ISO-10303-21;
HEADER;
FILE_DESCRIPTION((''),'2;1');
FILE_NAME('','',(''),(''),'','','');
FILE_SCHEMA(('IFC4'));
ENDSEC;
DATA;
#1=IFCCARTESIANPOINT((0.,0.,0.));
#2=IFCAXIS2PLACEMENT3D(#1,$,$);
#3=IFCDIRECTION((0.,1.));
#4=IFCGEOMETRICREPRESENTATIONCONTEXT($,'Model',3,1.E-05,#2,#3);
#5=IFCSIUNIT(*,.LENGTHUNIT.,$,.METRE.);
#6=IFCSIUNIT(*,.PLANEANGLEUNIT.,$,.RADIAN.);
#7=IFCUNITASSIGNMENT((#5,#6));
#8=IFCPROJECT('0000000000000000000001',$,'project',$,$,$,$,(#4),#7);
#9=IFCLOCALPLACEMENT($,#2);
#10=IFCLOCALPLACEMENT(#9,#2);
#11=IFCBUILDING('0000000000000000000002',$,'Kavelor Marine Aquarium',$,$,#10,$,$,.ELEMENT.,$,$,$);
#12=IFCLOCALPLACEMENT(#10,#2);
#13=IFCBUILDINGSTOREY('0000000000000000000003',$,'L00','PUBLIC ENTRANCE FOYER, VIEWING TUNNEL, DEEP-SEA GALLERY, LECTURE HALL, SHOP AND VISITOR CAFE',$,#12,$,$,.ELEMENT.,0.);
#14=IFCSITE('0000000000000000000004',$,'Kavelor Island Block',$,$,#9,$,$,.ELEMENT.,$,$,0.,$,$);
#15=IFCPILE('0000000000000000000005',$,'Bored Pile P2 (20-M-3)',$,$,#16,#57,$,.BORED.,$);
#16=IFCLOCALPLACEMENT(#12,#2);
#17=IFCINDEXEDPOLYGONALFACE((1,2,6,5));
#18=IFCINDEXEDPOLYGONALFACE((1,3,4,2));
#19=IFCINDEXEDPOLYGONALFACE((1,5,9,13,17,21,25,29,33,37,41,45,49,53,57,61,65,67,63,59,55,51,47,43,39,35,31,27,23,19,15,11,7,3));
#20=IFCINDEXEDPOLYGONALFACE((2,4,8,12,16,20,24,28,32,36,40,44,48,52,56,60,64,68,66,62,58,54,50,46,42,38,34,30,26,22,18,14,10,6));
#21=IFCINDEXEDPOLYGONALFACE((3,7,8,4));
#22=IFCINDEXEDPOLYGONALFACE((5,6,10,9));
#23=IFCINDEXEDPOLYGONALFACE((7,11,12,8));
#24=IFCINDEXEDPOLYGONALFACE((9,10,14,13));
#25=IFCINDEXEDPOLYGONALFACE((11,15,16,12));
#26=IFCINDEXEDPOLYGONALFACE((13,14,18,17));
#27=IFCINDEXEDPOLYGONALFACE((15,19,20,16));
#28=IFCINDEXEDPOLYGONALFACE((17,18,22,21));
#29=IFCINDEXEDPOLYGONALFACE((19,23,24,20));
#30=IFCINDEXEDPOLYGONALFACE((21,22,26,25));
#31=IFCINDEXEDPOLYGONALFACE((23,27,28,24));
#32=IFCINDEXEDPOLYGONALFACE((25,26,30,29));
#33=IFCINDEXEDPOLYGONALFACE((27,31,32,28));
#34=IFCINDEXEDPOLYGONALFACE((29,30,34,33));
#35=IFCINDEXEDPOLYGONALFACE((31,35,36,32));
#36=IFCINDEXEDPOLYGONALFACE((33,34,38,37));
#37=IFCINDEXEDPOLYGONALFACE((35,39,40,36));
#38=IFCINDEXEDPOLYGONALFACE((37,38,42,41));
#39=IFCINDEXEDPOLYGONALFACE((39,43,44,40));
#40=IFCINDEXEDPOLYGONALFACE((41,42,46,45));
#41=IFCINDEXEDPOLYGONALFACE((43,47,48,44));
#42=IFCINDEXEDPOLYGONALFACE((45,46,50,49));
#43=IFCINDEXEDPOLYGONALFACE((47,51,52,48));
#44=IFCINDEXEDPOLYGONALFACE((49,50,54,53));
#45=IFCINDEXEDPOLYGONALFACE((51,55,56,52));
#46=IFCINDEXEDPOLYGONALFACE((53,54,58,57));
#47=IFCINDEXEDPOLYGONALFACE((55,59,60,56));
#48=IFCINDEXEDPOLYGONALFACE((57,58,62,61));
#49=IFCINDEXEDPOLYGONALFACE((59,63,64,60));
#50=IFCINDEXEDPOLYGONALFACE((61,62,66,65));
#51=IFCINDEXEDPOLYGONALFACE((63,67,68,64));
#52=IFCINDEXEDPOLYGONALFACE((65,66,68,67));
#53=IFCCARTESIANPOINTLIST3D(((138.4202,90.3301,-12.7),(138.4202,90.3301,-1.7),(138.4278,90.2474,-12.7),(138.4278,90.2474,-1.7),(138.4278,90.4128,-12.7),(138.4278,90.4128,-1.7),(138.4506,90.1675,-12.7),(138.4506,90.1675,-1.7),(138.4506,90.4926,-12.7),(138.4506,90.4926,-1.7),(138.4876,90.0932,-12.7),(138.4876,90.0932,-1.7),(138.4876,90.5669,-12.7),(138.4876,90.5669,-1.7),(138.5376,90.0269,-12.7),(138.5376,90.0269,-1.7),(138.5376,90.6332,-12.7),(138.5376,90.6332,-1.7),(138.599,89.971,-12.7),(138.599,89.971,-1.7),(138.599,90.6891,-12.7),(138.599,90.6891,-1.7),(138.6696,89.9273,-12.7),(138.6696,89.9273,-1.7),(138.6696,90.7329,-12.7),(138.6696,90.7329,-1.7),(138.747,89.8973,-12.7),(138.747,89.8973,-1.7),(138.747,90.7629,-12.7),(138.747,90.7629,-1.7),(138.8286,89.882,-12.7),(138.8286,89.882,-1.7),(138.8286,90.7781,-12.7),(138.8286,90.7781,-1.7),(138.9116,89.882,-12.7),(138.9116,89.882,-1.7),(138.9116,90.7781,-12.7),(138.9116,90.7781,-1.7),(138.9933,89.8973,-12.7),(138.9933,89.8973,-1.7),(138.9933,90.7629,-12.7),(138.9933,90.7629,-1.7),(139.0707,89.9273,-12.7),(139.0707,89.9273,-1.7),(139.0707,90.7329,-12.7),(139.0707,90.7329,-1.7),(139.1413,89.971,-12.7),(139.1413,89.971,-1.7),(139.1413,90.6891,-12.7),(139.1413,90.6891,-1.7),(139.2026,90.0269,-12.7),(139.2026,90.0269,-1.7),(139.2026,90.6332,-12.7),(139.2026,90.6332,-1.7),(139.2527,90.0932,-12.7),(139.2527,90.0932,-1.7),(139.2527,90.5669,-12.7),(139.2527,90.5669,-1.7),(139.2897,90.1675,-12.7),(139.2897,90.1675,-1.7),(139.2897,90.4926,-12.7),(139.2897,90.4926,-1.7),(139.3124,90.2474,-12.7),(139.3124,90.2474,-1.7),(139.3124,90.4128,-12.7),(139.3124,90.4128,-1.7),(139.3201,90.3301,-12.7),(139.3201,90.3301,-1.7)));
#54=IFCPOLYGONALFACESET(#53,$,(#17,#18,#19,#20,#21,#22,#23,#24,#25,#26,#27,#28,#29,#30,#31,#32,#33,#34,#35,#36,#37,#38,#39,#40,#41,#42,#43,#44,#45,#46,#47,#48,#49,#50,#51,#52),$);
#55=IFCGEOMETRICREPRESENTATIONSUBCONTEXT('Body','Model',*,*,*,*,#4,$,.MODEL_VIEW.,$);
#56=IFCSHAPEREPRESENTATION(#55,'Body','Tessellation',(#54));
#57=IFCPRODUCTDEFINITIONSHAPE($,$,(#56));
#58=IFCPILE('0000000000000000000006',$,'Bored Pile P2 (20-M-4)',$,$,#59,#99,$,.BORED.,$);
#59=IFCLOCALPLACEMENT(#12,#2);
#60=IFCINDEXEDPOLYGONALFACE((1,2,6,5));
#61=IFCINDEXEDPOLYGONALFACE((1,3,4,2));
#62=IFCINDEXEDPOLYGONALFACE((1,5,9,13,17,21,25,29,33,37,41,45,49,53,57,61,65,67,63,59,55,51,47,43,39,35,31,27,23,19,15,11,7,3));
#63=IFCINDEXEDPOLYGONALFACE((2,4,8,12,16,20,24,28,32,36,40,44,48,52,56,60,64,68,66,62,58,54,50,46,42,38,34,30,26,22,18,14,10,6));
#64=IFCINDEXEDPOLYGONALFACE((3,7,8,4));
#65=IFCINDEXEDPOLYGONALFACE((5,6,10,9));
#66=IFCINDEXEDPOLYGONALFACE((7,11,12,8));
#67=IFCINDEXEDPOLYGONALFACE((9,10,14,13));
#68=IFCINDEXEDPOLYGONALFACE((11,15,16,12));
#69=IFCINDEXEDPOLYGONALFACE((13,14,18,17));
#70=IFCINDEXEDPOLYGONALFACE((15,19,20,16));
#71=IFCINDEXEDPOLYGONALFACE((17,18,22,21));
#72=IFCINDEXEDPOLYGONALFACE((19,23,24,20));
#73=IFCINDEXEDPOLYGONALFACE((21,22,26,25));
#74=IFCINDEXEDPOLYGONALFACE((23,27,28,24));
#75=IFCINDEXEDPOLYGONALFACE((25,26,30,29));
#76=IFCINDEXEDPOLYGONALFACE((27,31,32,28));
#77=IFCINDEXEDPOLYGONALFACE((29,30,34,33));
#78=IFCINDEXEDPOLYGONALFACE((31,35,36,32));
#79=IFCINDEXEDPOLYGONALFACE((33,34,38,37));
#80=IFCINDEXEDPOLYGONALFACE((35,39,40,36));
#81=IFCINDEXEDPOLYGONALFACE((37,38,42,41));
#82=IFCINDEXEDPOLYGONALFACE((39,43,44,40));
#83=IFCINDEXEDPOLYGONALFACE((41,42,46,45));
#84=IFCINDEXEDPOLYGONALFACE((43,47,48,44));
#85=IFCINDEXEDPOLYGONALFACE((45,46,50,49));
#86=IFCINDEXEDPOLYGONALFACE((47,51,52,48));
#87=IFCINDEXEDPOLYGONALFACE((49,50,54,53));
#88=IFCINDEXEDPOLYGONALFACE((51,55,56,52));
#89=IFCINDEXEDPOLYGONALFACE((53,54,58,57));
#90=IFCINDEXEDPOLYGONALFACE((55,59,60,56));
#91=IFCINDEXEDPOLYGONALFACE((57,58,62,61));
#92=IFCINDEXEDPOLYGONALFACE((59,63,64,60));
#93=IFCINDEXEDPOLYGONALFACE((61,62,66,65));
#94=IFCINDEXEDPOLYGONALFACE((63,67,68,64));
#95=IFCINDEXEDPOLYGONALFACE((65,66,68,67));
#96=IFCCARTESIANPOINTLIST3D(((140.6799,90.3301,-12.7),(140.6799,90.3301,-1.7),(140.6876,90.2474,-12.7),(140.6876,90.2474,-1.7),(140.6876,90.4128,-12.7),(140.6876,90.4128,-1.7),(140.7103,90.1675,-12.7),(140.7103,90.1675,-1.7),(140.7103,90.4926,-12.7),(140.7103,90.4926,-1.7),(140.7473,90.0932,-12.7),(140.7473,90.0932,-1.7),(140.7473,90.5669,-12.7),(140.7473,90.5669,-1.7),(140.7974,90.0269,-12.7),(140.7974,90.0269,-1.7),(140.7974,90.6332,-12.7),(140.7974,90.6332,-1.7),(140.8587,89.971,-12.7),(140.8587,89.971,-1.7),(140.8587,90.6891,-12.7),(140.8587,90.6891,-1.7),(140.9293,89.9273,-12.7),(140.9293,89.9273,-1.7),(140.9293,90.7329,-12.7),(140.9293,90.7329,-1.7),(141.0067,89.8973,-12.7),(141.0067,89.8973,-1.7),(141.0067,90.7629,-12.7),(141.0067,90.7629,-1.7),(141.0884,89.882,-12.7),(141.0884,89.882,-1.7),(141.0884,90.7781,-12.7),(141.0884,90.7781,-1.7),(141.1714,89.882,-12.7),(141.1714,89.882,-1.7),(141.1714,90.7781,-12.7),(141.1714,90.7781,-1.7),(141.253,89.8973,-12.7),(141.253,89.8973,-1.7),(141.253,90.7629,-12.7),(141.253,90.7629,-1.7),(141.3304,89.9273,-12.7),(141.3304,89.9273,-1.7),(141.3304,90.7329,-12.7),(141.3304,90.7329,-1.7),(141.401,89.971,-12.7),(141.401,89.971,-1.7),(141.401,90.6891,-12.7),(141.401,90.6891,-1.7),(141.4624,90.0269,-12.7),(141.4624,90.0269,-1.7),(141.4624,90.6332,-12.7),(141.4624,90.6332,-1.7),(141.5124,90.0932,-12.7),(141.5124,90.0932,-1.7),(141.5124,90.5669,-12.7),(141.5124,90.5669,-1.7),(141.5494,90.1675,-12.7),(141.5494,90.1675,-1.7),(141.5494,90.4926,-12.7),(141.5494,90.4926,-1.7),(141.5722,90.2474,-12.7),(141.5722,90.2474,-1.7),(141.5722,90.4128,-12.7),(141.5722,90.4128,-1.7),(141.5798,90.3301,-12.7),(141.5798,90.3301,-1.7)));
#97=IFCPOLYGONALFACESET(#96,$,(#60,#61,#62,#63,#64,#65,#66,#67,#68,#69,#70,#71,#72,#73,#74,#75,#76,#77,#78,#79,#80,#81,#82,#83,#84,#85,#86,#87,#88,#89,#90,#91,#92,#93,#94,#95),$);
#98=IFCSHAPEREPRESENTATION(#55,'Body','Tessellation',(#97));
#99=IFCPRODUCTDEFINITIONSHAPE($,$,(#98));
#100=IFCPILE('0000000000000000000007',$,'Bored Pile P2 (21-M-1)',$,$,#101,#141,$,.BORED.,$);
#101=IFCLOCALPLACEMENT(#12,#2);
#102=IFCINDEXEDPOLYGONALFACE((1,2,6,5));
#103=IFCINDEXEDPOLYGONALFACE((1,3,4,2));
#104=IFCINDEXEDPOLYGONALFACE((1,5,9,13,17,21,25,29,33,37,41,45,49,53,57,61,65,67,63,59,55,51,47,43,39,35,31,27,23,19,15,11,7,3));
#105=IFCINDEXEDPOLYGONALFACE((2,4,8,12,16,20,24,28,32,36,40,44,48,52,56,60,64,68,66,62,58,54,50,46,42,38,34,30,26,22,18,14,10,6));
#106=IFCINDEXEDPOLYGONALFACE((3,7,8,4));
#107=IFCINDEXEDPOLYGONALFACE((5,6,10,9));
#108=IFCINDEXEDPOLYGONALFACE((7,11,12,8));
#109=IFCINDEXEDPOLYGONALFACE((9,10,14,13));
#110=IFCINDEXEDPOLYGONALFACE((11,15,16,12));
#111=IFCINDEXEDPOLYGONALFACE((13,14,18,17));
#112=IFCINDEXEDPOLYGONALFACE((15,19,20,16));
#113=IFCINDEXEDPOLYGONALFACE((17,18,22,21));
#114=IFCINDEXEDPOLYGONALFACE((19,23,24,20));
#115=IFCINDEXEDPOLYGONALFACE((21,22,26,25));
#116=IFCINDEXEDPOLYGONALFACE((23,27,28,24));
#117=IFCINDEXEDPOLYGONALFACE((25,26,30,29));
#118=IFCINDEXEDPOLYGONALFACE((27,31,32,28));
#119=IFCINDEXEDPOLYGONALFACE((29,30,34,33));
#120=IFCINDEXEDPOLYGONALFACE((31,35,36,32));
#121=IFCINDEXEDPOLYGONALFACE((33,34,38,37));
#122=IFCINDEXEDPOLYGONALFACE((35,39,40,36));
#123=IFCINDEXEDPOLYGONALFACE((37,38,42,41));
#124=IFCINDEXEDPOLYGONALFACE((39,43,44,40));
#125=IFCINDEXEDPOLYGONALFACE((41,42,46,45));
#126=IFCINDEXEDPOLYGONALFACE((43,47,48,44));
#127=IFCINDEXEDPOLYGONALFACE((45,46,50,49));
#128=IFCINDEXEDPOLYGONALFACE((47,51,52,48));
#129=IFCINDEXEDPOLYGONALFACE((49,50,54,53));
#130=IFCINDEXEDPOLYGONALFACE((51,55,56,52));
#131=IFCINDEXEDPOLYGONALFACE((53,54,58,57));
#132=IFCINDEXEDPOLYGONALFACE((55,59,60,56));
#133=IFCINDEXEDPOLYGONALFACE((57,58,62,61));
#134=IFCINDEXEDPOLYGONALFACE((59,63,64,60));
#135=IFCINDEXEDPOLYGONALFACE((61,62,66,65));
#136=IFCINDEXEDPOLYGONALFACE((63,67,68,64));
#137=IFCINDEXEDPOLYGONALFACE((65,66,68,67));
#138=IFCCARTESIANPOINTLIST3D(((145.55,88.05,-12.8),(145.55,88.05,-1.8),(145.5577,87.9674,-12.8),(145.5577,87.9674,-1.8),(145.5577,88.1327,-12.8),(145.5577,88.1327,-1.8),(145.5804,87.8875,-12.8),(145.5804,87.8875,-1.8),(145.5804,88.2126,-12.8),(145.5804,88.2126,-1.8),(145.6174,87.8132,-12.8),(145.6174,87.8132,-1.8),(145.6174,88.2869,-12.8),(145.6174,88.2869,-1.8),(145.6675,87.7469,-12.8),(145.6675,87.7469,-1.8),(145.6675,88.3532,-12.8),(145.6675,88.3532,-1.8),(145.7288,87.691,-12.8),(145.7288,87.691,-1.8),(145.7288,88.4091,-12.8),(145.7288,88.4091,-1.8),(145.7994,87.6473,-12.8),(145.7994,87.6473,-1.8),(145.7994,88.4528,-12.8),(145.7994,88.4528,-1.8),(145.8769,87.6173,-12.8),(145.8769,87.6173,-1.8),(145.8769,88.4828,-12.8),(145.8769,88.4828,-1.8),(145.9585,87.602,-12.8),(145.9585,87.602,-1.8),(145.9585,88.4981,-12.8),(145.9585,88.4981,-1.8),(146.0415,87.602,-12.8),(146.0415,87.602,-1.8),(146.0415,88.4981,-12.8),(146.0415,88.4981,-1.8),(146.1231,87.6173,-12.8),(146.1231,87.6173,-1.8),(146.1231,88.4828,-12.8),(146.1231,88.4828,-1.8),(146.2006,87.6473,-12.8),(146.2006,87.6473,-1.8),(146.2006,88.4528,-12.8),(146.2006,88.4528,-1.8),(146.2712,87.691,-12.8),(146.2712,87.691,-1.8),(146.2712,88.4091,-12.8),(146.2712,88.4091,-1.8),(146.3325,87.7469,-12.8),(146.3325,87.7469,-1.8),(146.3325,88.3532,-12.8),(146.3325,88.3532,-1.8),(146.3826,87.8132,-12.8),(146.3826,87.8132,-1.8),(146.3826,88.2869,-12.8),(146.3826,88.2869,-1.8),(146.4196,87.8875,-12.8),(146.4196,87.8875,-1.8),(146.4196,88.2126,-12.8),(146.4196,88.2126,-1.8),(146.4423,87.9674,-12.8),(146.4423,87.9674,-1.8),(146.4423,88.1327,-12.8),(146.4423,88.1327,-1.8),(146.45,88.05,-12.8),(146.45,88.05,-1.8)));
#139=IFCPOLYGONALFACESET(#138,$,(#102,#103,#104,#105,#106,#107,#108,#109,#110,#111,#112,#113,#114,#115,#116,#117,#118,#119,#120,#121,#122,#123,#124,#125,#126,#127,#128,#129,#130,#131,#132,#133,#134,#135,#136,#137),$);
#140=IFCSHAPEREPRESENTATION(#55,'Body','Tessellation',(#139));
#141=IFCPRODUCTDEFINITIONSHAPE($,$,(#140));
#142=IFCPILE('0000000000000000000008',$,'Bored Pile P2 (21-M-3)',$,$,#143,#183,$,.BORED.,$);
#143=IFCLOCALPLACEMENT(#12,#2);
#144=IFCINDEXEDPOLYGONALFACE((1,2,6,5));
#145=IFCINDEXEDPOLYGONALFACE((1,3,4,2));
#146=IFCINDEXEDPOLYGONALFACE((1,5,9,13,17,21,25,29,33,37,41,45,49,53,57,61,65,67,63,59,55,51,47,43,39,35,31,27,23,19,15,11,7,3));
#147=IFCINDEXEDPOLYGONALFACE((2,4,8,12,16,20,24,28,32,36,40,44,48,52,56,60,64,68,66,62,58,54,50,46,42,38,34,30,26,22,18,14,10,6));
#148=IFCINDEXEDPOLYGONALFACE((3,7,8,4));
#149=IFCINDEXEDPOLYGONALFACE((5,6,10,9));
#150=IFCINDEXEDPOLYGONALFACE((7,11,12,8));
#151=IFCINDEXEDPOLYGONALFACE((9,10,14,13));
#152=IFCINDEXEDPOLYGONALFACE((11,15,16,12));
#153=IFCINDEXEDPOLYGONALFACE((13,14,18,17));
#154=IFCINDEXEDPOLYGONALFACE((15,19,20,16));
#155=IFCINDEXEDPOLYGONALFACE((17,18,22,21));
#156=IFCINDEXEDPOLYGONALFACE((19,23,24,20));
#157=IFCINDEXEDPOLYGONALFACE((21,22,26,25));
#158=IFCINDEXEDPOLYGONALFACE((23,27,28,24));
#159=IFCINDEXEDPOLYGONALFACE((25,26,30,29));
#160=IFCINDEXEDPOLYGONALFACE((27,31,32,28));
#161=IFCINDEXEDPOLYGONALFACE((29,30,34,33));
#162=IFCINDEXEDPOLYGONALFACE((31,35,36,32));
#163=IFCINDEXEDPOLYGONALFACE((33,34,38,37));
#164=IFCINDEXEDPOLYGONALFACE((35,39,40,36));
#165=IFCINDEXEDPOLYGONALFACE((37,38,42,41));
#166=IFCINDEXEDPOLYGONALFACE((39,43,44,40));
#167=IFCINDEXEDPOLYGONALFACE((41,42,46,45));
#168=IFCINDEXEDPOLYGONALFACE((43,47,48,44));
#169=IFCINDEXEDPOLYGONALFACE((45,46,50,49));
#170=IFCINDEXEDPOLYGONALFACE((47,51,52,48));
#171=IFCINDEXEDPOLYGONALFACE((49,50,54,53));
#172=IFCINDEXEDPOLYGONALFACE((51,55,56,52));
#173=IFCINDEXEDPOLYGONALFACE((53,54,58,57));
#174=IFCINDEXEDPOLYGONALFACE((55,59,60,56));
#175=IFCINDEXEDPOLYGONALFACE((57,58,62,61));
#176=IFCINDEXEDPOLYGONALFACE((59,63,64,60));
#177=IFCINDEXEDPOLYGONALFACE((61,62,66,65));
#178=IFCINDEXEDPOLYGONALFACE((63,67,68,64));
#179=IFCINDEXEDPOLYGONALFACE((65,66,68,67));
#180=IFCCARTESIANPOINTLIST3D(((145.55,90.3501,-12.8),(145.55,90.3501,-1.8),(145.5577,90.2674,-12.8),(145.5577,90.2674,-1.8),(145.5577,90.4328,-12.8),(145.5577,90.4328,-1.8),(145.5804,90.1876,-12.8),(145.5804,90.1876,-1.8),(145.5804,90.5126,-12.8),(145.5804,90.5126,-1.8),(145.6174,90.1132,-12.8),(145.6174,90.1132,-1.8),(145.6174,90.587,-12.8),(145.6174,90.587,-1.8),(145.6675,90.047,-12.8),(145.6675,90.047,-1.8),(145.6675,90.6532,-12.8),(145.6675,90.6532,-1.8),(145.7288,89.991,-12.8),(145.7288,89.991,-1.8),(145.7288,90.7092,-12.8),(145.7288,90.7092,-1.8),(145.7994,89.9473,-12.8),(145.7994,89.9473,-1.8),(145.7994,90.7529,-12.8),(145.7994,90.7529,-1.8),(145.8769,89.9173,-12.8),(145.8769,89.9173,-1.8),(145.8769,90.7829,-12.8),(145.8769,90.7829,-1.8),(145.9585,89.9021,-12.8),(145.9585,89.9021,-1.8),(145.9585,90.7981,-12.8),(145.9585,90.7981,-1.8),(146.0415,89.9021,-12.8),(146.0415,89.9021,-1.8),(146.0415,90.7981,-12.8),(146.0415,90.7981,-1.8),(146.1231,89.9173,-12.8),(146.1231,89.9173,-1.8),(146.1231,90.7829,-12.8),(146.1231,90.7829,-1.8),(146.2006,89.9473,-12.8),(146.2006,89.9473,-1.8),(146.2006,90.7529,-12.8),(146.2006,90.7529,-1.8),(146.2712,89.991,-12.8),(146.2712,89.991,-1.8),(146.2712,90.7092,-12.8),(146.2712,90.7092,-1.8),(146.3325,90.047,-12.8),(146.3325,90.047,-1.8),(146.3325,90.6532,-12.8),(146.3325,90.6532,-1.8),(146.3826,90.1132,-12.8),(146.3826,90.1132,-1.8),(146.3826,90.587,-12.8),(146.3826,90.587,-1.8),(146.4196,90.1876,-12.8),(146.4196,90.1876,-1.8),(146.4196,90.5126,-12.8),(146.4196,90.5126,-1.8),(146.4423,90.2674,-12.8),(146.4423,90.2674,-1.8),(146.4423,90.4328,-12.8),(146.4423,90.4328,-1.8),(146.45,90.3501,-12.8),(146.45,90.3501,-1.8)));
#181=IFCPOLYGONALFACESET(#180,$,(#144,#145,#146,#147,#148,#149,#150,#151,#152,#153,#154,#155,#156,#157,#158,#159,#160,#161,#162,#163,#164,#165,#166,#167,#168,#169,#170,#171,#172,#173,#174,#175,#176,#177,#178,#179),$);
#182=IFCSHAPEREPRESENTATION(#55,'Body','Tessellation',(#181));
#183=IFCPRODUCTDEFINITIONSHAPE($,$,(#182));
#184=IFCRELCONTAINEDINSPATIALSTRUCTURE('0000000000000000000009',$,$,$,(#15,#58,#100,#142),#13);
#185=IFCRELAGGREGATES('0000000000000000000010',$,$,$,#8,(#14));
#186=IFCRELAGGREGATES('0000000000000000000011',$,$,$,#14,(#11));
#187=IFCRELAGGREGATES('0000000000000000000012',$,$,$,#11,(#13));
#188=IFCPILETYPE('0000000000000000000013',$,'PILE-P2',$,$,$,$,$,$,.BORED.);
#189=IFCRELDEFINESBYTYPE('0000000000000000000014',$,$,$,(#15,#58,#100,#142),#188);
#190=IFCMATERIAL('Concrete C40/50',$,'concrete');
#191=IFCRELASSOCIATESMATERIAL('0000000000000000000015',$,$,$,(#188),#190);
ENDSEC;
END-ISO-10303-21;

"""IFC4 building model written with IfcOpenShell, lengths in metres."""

from ifc_helpers import new_model, si_unit, direction, frame, origin, origin_2d, place, context, subcontext, project, spatial, circle, extrude, material, material_profile, profile_set, type_object, element, save


model = new_model("IFC4")

# Units and contexts
model_context = context("Model", 3, precision=1e-05, world=origin(), true_north=direction((0.0, 1.0)))
body_context = subcontext(model_context, "Body", "Model", "MODEL_VIEW")
ifc_project = project(units=[si_unit("LENGTHUNIT", "METRE"), si_unit("PLANEANGLEUNIT", "RADIAN")], contexts=[model_context])

# Site, building, storey
site_placement = place(None, origin())
site = spatial("IfcSite", under=ifc_project, at=site_placement, Name="Kavelor Island Block", CompositionType="ELEMENT", RefElevation=0.0)
building_placement = place(site_placement, origin())
building = spatial("IfcBuilding", under=site, at=building_placement, Name="Kavelor Marine Aquarium", CompositionType="ELEMENT")
storey_placement = place(building_placement, origin())
storey = spatial("IfcBuildingStorey", under=building, at=storey_placement, Name="L00", Description="PUBLIC ENTRANCE FOYER, VIEWING TUNNEL, DEEP-SEA GALLERY, LECTURE HALL, SHOP AND VISITOR CAFE", CompositionType="ELEMENT", Elevation=0.0)

# Piles
ifc_material_1 = material(Name="Concrete C40/50", Category="concrete")
ifc_material_profile_1 = material_profile(ifc_material_1, circle(Radius=0.45, at=origin_2d()), Name="PILE D900")
ifc_profile_set_1 = profile_set([ifc_material_profile_1], Name="Concrete C40/50")
pile_type_1 = type_object("IfcPileType", Name="PILE-P2", PredefinedType="BORED", material=ifc_profile_set_1)
for number, where, z_axis, x_axis, name in (
    (1, (138.8701, 90.3301, -1.7), (0.0, 0.0, -1.0), (1.0, 0.0, 0.0), "Bored Pile P2 (20-M-3)"),
    (2, (141.1299, 90.3301, -1.7), (0.0, 0.0, -1.0), (1.0, 0.0, 0.0), "Bored Pile P2 (20-M-4)"),
    (3, (146.0, 88.05, -1.8), (0.0, 0.0, -1.0), (1.0, 0.0, 0.0), "Bored Pile P2 (21-M-1)"),
    (4, (146.0, 90.3501, -1.8), (0.0, 0.0, -1.0), (1.0, 0.0, 0.0), "Bored Pile P2 (21-M-3)"),
):
    element("IfcPile", number, at=place(storey_placement, frame(where, z_axis=z_axis, x_axis=x_axis)), inside=storey, type_object=pile_type_1, Name=name, PredefinedType="BORED", context=body_context, shape_type="SweptSolid", body=[
        extrude(circle(Radius=0.45, at=origin_2d()), origin(), (0.0, 0.0, 1.0), 11.0),
    ])

save(model, "model.ifc")
